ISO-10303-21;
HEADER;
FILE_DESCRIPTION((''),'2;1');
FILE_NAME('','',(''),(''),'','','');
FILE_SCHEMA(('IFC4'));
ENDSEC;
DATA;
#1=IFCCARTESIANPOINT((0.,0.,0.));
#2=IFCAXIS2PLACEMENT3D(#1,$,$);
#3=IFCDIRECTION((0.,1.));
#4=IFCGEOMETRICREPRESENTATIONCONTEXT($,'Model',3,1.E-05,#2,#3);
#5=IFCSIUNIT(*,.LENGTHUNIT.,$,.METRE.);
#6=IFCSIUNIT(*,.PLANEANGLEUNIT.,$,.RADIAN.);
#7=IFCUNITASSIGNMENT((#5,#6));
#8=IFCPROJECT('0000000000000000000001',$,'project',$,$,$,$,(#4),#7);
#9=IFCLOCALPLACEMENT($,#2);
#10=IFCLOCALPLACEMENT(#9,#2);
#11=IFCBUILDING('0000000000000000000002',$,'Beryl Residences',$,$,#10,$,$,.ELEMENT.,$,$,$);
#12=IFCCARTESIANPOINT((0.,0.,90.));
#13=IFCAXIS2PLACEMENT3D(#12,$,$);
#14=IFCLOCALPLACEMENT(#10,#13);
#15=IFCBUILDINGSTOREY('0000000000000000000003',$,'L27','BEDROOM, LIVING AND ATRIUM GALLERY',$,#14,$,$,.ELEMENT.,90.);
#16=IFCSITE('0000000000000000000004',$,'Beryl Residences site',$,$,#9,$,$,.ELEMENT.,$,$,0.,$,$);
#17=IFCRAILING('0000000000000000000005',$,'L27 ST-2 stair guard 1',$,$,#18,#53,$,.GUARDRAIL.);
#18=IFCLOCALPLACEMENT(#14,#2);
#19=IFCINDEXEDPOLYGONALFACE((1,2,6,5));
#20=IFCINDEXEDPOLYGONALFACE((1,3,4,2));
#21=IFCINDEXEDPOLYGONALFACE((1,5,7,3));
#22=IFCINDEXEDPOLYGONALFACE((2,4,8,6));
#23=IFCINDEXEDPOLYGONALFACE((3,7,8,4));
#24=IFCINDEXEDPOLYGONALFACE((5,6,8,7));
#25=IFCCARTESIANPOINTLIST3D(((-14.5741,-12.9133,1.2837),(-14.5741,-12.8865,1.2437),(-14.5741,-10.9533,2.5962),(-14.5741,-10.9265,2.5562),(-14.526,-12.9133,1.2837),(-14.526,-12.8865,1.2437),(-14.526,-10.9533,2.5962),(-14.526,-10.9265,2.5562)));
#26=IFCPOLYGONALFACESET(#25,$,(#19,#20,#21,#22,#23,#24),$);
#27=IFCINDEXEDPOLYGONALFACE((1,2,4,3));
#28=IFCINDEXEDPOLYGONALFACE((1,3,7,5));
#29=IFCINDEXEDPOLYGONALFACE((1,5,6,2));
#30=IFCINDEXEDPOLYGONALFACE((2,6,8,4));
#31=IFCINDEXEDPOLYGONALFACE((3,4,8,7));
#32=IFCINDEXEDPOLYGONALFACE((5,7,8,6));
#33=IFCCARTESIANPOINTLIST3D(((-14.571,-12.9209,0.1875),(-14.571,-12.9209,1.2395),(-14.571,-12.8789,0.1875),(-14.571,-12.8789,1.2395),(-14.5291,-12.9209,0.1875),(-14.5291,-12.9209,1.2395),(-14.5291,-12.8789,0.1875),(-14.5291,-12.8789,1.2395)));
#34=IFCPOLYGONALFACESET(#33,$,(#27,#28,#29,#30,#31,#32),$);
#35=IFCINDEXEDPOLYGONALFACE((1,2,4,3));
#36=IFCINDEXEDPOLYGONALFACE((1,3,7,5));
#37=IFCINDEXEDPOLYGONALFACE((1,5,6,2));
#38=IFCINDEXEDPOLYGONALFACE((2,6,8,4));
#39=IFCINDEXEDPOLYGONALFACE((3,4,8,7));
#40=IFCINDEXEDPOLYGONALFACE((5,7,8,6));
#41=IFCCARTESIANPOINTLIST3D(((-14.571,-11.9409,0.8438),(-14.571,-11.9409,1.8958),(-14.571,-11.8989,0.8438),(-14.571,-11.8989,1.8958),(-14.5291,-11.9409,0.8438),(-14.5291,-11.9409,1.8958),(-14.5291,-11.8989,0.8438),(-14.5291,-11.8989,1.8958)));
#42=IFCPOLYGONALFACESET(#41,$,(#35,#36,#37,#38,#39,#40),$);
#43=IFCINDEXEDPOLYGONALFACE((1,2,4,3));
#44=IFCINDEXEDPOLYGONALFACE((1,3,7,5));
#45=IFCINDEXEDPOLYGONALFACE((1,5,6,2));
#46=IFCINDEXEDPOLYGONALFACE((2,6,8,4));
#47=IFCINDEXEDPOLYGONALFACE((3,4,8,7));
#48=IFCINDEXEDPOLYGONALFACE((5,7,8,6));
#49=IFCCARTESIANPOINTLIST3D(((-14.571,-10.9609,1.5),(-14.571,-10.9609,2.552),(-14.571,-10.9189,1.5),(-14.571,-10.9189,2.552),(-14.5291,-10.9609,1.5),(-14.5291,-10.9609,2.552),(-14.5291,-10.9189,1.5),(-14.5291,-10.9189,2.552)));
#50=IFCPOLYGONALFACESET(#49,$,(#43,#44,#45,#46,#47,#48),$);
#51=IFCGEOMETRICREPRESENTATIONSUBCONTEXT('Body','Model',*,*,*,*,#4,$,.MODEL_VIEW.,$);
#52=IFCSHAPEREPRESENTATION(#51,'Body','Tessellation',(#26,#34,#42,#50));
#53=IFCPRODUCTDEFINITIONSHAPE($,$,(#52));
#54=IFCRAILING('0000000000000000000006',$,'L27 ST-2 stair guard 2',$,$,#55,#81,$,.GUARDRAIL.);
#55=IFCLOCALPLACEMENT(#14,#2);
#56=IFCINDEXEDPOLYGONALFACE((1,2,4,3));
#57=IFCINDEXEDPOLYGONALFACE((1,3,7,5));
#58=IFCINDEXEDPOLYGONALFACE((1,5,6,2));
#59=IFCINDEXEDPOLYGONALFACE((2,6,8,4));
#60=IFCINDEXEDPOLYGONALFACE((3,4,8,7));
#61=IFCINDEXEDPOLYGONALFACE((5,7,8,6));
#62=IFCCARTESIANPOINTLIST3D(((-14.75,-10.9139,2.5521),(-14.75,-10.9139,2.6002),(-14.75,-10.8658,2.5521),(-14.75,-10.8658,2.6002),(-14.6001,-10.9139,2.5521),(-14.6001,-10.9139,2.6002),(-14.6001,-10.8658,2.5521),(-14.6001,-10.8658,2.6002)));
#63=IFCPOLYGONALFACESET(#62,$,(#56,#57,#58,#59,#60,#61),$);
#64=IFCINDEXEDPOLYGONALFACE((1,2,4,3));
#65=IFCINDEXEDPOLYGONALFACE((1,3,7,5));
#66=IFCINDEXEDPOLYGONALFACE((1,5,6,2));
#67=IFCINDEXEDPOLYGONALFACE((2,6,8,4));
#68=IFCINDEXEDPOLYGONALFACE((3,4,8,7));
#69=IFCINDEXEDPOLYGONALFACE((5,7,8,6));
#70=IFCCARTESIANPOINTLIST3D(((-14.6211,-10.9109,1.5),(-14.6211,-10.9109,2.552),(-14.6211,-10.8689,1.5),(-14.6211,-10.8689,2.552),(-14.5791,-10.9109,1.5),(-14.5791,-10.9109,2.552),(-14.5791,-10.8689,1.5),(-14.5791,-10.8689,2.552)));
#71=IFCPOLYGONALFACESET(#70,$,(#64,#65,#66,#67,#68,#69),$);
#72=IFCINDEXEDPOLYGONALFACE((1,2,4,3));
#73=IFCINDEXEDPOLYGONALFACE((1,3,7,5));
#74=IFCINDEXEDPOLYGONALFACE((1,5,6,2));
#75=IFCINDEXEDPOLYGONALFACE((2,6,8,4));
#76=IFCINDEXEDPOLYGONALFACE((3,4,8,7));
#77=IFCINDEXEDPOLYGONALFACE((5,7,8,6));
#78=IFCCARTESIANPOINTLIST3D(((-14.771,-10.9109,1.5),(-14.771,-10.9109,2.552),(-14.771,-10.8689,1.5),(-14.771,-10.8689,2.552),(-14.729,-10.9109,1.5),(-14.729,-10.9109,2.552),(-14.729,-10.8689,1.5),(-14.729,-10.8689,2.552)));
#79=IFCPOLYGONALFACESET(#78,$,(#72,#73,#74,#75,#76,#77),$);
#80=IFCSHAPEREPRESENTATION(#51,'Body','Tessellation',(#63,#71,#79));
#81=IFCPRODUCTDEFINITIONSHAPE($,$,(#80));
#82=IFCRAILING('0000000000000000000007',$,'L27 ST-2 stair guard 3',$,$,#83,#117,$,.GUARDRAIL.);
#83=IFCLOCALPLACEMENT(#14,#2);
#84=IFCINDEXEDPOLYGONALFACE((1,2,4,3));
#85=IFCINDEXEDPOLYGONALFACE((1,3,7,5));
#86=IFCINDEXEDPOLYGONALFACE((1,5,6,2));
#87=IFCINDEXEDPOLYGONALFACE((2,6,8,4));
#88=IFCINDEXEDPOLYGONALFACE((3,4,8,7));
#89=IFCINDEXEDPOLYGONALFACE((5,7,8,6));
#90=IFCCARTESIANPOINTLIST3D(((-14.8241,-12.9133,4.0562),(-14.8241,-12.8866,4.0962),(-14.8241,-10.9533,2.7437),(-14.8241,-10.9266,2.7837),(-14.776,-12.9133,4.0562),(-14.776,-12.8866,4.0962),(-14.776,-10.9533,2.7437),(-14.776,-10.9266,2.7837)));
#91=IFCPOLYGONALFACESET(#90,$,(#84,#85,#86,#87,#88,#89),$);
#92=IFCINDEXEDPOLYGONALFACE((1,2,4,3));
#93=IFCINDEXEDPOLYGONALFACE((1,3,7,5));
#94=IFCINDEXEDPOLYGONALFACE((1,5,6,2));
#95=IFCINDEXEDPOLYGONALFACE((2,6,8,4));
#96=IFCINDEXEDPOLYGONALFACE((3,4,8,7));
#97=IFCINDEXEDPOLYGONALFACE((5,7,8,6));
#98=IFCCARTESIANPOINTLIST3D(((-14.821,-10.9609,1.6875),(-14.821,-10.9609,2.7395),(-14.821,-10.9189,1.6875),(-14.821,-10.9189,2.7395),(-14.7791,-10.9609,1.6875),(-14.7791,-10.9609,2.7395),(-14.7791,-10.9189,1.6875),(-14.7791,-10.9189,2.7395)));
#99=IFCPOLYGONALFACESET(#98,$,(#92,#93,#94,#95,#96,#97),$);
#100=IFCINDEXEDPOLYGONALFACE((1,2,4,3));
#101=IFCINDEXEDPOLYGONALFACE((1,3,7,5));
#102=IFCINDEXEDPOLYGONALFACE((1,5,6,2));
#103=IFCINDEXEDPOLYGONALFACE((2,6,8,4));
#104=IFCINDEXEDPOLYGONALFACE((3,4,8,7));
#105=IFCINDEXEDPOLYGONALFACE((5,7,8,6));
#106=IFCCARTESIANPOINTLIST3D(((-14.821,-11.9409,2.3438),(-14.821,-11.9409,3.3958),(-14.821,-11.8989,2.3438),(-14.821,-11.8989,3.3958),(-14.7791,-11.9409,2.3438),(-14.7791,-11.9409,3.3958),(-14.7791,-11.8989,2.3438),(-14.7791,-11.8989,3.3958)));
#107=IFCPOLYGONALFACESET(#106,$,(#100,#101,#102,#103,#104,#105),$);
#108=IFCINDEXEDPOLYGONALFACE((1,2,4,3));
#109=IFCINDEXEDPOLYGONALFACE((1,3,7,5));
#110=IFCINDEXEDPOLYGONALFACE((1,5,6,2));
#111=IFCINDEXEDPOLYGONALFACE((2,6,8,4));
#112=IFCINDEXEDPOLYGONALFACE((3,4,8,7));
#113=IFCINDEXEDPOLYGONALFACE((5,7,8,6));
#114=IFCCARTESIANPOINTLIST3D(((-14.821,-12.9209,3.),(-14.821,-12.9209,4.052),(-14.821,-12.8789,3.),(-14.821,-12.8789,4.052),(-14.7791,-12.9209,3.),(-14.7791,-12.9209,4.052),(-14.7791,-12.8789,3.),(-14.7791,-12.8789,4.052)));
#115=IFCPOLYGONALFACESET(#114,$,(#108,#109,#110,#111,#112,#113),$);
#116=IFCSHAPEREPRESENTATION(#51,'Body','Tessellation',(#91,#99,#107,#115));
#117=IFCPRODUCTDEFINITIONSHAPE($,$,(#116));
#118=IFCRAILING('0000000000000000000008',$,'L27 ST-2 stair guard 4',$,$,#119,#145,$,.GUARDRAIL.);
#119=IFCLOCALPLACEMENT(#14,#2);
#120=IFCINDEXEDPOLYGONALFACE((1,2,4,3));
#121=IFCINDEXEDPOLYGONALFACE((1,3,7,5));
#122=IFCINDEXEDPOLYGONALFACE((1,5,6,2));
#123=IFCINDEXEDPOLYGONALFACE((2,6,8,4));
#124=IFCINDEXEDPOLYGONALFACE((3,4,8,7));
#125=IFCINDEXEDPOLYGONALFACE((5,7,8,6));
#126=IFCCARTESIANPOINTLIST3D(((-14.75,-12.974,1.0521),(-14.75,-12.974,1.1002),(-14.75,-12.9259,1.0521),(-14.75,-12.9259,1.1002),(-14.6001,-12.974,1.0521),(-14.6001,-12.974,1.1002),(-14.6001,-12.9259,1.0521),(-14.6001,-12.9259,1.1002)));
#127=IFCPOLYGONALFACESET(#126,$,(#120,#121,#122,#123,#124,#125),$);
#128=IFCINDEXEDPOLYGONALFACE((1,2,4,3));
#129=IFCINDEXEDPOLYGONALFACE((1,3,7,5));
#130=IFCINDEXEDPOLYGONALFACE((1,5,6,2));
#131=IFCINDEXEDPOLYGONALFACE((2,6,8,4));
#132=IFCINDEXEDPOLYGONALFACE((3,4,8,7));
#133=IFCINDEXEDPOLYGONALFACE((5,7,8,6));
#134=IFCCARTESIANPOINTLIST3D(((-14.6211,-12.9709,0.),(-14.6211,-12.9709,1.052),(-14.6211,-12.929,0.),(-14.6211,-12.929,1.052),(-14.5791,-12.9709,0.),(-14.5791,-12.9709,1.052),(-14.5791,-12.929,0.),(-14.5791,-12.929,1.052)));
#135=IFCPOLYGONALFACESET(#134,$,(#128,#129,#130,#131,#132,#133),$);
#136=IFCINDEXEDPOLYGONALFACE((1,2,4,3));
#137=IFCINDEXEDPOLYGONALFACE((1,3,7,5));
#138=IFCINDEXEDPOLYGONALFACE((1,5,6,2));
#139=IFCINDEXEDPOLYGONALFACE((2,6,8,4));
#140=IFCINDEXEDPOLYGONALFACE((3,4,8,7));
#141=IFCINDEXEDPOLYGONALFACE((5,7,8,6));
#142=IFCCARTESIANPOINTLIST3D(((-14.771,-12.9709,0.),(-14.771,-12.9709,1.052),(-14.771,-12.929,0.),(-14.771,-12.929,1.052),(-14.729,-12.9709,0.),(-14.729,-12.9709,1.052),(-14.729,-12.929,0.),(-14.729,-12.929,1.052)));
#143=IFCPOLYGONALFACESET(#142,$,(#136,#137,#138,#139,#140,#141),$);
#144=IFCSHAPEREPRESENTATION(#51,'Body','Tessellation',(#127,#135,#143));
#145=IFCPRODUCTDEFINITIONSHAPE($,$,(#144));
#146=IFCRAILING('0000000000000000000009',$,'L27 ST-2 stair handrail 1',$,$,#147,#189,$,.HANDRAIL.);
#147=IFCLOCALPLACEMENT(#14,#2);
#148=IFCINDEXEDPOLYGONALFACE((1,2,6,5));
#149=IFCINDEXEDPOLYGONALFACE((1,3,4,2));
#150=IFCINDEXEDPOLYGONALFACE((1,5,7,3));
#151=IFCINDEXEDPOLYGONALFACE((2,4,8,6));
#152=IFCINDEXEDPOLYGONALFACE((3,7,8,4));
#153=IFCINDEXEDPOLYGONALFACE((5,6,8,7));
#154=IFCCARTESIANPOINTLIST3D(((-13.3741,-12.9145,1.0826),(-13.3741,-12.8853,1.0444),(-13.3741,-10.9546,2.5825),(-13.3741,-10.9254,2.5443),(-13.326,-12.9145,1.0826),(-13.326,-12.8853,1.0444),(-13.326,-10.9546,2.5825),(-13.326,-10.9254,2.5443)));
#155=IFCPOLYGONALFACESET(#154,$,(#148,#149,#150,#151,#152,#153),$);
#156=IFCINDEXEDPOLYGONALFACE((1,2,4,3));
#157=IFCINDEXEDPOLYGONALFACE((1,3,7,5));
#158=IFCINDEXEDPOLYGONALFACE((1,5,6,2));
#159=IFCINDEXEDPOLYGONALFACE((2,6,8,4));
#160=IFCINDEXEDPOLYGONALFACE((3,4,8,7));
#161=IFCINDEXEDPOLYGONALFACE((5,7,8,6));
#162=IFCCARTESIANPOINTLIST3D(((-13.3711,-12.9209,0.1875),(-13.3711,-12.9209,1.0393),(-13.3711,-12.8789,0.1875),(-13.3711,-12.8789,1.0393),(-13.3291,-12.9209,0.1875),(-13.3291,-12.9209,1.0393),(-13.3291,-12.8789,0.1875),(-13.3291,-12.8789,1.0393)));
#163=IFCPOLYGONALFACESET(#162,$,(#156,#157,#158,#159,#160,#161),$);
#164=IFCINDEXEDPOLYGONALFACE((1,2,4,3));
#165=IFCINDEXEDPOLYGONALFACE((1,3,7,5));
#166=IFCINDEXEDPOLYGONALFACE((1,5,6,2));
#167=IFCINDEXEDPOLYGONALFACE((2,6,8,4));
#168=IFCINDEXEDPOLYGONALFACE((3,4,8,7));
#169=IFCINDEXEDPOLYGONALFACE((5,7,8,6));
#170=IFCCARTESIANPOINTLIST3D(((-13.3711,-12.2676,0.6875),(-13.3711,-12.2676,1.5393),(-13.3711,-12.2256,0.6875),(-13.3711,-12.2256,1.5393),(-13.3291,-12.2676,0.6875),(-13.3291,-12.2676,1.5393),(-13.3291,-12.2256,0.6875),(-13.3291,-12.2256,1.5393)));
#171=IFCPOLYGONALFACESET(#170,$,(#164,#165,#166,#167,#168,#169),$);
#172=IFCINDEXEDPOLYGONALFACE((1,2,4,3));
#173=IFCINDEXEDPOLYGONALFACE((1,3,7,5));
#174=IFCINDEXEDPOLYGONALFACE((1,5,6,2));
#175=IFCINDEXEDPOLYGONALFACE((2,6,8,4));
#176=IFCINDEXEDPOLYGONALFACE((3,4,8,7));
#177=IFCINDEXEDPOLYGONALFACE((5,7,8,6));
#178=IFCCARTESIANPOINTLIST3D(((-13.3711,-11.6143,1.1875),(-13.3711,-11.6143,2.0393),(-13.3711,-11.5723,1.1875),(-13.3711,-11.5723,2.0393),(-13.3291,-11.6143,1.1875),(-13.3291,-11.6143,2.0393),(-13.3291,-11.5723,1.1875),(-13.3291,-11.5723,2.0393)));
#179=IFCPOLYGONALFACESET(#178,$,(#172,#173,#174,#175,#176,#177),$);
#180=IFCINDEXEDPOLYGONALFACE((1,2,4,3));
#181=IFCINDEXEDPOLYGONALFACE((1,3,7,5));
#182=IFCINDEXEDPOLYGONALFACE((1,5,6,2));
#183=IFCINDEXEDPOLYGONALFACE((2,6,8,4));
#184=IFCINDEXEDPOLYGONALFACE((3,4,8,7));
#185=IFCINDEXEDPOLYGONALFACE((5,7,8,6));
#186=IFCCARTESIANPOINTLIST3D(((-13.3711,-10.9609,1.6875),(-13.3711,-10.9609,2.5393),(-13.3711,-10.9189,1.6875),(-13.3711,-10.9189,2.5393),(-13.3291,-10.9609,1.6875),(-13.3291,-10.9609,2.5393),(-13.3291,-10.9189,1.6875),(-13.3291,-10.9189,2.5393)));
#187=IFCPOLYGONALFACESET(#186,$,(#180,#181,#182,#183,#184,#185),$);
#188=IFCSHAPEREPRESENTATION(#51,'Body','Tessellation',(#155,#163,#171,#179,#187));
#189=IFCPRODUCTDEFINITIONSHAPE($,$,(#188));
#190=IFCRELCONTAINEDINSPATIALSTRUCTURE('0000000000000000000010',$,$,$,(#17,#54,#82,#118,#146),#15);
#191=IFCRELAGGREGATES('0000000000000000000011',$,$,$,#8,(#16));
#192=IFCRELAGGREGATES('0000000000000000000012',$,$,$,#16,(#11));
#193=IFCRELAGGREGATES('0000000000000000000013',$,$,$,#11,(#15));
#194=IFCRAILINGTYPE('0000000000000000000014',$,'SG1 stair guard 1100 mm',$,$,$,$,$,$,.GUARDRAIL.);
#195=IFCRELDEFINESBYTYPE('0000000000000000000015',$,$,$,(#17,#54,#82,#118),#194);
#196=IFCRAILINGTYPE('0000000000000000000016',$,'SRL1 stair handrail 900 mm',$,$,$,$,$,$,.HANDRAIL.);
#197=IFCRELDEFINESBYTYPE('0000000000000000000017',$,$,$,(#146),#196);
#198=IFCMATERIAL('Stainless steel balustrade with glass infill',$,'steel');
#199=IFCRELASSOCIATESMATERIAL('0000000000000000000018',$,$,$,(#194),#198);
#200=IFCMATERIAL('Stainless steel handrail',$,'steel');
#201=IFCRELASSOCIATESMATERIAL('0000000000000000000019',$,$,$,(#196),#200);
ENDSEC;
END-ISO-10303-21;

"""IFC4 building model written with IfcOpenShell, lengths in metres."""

from ifc_helpers import new_model, si_unit, direction, frame, origin, origin_2d, place, context, subcontext, project, spatial, rectangle, extrude, material, type_object, element, save


model = new_model("IFC4")

# Units and contexts
model_context = context("Model", 3, precision=1e-05, world=origin(), true_north=direction((0.0, 1.0)))
body_context = subcontext(model_context, "Body", "Model", "MODEL_VIEW")
ifc_project = project(units=[si_unit("LENGTHUNIT", "METRE"), si_unit("PLANEANGLEUNIT", "RADIAN")], contexts=[model_context])

# Site, building, storey
site_placement = place(None, origin())
site = spatial("IfcSite", under=ifc_project, at=site_placement, Name="Beryl Residences site", CompositionType="ELEMENT", RefElevation=0.0)
building_placement = place(site_placement, origin())
building = spatial("IfcBuilding", under=site, at=building_placement, Name="Beryl Residences", CompositionType="ELEMENT")
storey_placement = place(building_placement, frame((0.0, 0.0, 90.0)))
storey = spatial("IfcBuildingStorey", under=building, at=storey_placement, Name="L27", Description="BEDROOM, LIVING AND ATRIUM GALLERY", CompositionType="ELEMENT", Elevation=90.0)

# Railings
ifc_material_1 = material(Name="Stainless steel balustrade with glass infill", Category="steel")
railing_type_1 = type_object("IfcRailingType", Name="SG1 stair guard 1100 mm", PredefinedType="GUARDRAIL", material=ifc_material_1)
railing_1_placement = place(storey_placement, frame((-14.55, -12.8999, 0.1875)))
element("IfcRailing", 1, at=railing_1_placement, inside=storey, type_object=railing_type_1, Name="L27 ST-2 stair guard 1", PredefinedType="GUARDRAIL", context=body_context, shape_type="SweptSolid", body=[
    extrude(rectangle(XDim=0.0481, YDim=0.0481, at=origin_2d()), frame((0.0, 0.0, 1.0762), z_axis=(0.0, 0.830902, 0.556419), x_axis=(-1.0, 0.0, 0.0)), (0.0, 0.0, 1.0), 2.3589),
    extrude(rectangle(XDim=0.042, YDim=0.042, at=origin_2d()), origin(), (0.0, 0.0, 1.0), 1.052),
    extrude(rectangle(XDim=0.042, YDim=0.042, at=origin_2d()), frame((0.0, 0.98, 0.6562)), (0.0, 0.0, 1.0), 1.052),
    extrude(rectangle(XDim=0.042, YDim=0.042, at=origin_2d()), frame((0.0, 1.96, 1.3125)), (0.0, 0.0, 1.0), 1.052),
])
railing_2_placement = place(storey_placement, frame((-14.6001, -10.8899, 1.5)))
element("IfcRailing", 2, at=railing_2_placement, inside=storey, type_object=railing_type_1, Name="L27 ST-2 stair guard 2", PredefinedType="GUARDRAIL", context=body_context, shape_type="SweptSolid", body=[
    extrude(rectangle(XDim=0.0481, YDim=0.0481, at=origin_2d()), frame((0.0, 0.0, 1.0762), z_axis=(-1.0, 0.0, 0.0), x_axis=(0.0, -1.0, 0.0)), (0.0, 0.0, 1.0), 0.1499),
    extrude(rectangle(XDim=0.042, YDim=0.042, at=origin_2d()), origin(), (0.0, 0.0, 1.0), 1.052),
    extrude(rectangle(XDim=0.042, YDim=0.042, at=origin_2d()), frame((-0.1499, 0.0, 0.0)), (0.0, 0.0, 1.0), 1.052),
])
railing_3_placement = place(storey_placement, frame((-14.8, -10.9399, 1.6875)))
element("IfcRailing", 3, at=railing_3_placement, inside=storey, type_object=railing_type_1, Name="L27 ST-2 stair guard 3", PredefinedType="GUARDRAIL", context=body_context, shape_type="SweptSolid", body=[
    extrude(rectangle(XDim=0.0481, YDim=0.0481, at=origin_2d()), frame((0.0, 0.0, 1.0762), z_axis=(0.0, -0.830902, 0.556419), x_axis=(1.0, 0.0, 0.0)), (0.0, 0.0, 1.0), 2.3589),
    extrude(rectangle(XDim=0.042, YDim=0.042, at=origin_2d()), origin(), (0.0, 0.0, 1.0), 1.052),
    extrude(rectangle(XDim=0.042, YDim=0.042, at=origin_2d()), frame((0.0, -0.98, 0.6562)), (0.0, 0.0, 1.0), 1.052),
    extrude(rectangle(XDim=0.042, YDim=0.042, at=origin_2d()), frame((0.0, -1.96, 1.3125)), (0.0, 0.0, 1.0), 1.052),
])
railing_4_placement = place(storey_placement, frame((-14.6001, -12.95, 0.0)))
element("IfcRailing", 4, at=railing_4_placement, inside=storey, type_object=railing_type_1, Name="L27 ST-2 stair guard 4", PredefinedType="GUARDRAIL", context=body_context, shape_type="SweptSolid", body=[
    extrude(rectangle(XDim=0.0481, YDim=0.0481, at=origin_2d()), frame((0.0, 0.0, 1.0762), z_axis=(-1.0, 0.0, 0.0), x_axis=(0.0, -1.0, 0.0)), (0.0, 0.0, 1.0), 0.1499),
    extrude(rectangle(XDim=0.042, YDim=0.042, at=origin_2d()), origin(), (0.0, 0.0, 1.0), 1.052),
    extrude(rectangle(XDim=0.042, YDim=0.042, at=origin_2d()), frame((-0.1499, 0.0, 0.0)), (0.0, 0.0, 1.0), 1.052),
])
ifc_material_2 = material(Name="Stainless steel handrail", Category="steel")
railing_type_2 = type_object("IfcRailingType", Name="SRL1 stair handrail 900 mm", PredefinedType="HANDRAIL", material=ifc_material_2)
railing_5_placement = place(storey_placement, frame((-13.3501, -12.8999, 0.1875)))
element("IfcRailing", 5, at=railing_5_placement, inside=storey, type_object=railing_type_2, Name="L27 ST-2 stair handrail 1", PredefinedType="HANDRAIL", context=body_context, shape_type="SweptSolid", body=[
    extrude(rectangle(XDim=0.0481, YDim=0.0481, at=origin_2d()), frame((0.0, 0.0, 0.876), z_axis=(0.0, 0.794122, 0.607758), x_axis=(-1.0, 0.0, 0.0)), (0.0, 0.0, 1.0), 2.468),
    extrude(rectangle(XDim=0.042, YDim=0.042, at=origin_2d()), origin(), (0.0, 0.0, 1.0), 0.8518),
    extrude(rectangle(XDim=0.042, YDim=0.042, at=origin_2d()), frame((0.0, 0.6533, 0.5)), (0.0, 0.0, 1.0), 0.8518),
    extrude(rectangle(XDim=0.042, YDim=0.042, at=origin_2d()), frame((0.0, 1.3066, 1.0)), (0.0, 0.0, 1.0), 0.8518),
    extrude(rectangle(XDim=0.042, YDim=0.042, at=origin_2d()), frame((0.0, 1.96, 1.5)), (0.0, 0.0, 1.0), 0.8518),
])

save(model, "model.ifc")
